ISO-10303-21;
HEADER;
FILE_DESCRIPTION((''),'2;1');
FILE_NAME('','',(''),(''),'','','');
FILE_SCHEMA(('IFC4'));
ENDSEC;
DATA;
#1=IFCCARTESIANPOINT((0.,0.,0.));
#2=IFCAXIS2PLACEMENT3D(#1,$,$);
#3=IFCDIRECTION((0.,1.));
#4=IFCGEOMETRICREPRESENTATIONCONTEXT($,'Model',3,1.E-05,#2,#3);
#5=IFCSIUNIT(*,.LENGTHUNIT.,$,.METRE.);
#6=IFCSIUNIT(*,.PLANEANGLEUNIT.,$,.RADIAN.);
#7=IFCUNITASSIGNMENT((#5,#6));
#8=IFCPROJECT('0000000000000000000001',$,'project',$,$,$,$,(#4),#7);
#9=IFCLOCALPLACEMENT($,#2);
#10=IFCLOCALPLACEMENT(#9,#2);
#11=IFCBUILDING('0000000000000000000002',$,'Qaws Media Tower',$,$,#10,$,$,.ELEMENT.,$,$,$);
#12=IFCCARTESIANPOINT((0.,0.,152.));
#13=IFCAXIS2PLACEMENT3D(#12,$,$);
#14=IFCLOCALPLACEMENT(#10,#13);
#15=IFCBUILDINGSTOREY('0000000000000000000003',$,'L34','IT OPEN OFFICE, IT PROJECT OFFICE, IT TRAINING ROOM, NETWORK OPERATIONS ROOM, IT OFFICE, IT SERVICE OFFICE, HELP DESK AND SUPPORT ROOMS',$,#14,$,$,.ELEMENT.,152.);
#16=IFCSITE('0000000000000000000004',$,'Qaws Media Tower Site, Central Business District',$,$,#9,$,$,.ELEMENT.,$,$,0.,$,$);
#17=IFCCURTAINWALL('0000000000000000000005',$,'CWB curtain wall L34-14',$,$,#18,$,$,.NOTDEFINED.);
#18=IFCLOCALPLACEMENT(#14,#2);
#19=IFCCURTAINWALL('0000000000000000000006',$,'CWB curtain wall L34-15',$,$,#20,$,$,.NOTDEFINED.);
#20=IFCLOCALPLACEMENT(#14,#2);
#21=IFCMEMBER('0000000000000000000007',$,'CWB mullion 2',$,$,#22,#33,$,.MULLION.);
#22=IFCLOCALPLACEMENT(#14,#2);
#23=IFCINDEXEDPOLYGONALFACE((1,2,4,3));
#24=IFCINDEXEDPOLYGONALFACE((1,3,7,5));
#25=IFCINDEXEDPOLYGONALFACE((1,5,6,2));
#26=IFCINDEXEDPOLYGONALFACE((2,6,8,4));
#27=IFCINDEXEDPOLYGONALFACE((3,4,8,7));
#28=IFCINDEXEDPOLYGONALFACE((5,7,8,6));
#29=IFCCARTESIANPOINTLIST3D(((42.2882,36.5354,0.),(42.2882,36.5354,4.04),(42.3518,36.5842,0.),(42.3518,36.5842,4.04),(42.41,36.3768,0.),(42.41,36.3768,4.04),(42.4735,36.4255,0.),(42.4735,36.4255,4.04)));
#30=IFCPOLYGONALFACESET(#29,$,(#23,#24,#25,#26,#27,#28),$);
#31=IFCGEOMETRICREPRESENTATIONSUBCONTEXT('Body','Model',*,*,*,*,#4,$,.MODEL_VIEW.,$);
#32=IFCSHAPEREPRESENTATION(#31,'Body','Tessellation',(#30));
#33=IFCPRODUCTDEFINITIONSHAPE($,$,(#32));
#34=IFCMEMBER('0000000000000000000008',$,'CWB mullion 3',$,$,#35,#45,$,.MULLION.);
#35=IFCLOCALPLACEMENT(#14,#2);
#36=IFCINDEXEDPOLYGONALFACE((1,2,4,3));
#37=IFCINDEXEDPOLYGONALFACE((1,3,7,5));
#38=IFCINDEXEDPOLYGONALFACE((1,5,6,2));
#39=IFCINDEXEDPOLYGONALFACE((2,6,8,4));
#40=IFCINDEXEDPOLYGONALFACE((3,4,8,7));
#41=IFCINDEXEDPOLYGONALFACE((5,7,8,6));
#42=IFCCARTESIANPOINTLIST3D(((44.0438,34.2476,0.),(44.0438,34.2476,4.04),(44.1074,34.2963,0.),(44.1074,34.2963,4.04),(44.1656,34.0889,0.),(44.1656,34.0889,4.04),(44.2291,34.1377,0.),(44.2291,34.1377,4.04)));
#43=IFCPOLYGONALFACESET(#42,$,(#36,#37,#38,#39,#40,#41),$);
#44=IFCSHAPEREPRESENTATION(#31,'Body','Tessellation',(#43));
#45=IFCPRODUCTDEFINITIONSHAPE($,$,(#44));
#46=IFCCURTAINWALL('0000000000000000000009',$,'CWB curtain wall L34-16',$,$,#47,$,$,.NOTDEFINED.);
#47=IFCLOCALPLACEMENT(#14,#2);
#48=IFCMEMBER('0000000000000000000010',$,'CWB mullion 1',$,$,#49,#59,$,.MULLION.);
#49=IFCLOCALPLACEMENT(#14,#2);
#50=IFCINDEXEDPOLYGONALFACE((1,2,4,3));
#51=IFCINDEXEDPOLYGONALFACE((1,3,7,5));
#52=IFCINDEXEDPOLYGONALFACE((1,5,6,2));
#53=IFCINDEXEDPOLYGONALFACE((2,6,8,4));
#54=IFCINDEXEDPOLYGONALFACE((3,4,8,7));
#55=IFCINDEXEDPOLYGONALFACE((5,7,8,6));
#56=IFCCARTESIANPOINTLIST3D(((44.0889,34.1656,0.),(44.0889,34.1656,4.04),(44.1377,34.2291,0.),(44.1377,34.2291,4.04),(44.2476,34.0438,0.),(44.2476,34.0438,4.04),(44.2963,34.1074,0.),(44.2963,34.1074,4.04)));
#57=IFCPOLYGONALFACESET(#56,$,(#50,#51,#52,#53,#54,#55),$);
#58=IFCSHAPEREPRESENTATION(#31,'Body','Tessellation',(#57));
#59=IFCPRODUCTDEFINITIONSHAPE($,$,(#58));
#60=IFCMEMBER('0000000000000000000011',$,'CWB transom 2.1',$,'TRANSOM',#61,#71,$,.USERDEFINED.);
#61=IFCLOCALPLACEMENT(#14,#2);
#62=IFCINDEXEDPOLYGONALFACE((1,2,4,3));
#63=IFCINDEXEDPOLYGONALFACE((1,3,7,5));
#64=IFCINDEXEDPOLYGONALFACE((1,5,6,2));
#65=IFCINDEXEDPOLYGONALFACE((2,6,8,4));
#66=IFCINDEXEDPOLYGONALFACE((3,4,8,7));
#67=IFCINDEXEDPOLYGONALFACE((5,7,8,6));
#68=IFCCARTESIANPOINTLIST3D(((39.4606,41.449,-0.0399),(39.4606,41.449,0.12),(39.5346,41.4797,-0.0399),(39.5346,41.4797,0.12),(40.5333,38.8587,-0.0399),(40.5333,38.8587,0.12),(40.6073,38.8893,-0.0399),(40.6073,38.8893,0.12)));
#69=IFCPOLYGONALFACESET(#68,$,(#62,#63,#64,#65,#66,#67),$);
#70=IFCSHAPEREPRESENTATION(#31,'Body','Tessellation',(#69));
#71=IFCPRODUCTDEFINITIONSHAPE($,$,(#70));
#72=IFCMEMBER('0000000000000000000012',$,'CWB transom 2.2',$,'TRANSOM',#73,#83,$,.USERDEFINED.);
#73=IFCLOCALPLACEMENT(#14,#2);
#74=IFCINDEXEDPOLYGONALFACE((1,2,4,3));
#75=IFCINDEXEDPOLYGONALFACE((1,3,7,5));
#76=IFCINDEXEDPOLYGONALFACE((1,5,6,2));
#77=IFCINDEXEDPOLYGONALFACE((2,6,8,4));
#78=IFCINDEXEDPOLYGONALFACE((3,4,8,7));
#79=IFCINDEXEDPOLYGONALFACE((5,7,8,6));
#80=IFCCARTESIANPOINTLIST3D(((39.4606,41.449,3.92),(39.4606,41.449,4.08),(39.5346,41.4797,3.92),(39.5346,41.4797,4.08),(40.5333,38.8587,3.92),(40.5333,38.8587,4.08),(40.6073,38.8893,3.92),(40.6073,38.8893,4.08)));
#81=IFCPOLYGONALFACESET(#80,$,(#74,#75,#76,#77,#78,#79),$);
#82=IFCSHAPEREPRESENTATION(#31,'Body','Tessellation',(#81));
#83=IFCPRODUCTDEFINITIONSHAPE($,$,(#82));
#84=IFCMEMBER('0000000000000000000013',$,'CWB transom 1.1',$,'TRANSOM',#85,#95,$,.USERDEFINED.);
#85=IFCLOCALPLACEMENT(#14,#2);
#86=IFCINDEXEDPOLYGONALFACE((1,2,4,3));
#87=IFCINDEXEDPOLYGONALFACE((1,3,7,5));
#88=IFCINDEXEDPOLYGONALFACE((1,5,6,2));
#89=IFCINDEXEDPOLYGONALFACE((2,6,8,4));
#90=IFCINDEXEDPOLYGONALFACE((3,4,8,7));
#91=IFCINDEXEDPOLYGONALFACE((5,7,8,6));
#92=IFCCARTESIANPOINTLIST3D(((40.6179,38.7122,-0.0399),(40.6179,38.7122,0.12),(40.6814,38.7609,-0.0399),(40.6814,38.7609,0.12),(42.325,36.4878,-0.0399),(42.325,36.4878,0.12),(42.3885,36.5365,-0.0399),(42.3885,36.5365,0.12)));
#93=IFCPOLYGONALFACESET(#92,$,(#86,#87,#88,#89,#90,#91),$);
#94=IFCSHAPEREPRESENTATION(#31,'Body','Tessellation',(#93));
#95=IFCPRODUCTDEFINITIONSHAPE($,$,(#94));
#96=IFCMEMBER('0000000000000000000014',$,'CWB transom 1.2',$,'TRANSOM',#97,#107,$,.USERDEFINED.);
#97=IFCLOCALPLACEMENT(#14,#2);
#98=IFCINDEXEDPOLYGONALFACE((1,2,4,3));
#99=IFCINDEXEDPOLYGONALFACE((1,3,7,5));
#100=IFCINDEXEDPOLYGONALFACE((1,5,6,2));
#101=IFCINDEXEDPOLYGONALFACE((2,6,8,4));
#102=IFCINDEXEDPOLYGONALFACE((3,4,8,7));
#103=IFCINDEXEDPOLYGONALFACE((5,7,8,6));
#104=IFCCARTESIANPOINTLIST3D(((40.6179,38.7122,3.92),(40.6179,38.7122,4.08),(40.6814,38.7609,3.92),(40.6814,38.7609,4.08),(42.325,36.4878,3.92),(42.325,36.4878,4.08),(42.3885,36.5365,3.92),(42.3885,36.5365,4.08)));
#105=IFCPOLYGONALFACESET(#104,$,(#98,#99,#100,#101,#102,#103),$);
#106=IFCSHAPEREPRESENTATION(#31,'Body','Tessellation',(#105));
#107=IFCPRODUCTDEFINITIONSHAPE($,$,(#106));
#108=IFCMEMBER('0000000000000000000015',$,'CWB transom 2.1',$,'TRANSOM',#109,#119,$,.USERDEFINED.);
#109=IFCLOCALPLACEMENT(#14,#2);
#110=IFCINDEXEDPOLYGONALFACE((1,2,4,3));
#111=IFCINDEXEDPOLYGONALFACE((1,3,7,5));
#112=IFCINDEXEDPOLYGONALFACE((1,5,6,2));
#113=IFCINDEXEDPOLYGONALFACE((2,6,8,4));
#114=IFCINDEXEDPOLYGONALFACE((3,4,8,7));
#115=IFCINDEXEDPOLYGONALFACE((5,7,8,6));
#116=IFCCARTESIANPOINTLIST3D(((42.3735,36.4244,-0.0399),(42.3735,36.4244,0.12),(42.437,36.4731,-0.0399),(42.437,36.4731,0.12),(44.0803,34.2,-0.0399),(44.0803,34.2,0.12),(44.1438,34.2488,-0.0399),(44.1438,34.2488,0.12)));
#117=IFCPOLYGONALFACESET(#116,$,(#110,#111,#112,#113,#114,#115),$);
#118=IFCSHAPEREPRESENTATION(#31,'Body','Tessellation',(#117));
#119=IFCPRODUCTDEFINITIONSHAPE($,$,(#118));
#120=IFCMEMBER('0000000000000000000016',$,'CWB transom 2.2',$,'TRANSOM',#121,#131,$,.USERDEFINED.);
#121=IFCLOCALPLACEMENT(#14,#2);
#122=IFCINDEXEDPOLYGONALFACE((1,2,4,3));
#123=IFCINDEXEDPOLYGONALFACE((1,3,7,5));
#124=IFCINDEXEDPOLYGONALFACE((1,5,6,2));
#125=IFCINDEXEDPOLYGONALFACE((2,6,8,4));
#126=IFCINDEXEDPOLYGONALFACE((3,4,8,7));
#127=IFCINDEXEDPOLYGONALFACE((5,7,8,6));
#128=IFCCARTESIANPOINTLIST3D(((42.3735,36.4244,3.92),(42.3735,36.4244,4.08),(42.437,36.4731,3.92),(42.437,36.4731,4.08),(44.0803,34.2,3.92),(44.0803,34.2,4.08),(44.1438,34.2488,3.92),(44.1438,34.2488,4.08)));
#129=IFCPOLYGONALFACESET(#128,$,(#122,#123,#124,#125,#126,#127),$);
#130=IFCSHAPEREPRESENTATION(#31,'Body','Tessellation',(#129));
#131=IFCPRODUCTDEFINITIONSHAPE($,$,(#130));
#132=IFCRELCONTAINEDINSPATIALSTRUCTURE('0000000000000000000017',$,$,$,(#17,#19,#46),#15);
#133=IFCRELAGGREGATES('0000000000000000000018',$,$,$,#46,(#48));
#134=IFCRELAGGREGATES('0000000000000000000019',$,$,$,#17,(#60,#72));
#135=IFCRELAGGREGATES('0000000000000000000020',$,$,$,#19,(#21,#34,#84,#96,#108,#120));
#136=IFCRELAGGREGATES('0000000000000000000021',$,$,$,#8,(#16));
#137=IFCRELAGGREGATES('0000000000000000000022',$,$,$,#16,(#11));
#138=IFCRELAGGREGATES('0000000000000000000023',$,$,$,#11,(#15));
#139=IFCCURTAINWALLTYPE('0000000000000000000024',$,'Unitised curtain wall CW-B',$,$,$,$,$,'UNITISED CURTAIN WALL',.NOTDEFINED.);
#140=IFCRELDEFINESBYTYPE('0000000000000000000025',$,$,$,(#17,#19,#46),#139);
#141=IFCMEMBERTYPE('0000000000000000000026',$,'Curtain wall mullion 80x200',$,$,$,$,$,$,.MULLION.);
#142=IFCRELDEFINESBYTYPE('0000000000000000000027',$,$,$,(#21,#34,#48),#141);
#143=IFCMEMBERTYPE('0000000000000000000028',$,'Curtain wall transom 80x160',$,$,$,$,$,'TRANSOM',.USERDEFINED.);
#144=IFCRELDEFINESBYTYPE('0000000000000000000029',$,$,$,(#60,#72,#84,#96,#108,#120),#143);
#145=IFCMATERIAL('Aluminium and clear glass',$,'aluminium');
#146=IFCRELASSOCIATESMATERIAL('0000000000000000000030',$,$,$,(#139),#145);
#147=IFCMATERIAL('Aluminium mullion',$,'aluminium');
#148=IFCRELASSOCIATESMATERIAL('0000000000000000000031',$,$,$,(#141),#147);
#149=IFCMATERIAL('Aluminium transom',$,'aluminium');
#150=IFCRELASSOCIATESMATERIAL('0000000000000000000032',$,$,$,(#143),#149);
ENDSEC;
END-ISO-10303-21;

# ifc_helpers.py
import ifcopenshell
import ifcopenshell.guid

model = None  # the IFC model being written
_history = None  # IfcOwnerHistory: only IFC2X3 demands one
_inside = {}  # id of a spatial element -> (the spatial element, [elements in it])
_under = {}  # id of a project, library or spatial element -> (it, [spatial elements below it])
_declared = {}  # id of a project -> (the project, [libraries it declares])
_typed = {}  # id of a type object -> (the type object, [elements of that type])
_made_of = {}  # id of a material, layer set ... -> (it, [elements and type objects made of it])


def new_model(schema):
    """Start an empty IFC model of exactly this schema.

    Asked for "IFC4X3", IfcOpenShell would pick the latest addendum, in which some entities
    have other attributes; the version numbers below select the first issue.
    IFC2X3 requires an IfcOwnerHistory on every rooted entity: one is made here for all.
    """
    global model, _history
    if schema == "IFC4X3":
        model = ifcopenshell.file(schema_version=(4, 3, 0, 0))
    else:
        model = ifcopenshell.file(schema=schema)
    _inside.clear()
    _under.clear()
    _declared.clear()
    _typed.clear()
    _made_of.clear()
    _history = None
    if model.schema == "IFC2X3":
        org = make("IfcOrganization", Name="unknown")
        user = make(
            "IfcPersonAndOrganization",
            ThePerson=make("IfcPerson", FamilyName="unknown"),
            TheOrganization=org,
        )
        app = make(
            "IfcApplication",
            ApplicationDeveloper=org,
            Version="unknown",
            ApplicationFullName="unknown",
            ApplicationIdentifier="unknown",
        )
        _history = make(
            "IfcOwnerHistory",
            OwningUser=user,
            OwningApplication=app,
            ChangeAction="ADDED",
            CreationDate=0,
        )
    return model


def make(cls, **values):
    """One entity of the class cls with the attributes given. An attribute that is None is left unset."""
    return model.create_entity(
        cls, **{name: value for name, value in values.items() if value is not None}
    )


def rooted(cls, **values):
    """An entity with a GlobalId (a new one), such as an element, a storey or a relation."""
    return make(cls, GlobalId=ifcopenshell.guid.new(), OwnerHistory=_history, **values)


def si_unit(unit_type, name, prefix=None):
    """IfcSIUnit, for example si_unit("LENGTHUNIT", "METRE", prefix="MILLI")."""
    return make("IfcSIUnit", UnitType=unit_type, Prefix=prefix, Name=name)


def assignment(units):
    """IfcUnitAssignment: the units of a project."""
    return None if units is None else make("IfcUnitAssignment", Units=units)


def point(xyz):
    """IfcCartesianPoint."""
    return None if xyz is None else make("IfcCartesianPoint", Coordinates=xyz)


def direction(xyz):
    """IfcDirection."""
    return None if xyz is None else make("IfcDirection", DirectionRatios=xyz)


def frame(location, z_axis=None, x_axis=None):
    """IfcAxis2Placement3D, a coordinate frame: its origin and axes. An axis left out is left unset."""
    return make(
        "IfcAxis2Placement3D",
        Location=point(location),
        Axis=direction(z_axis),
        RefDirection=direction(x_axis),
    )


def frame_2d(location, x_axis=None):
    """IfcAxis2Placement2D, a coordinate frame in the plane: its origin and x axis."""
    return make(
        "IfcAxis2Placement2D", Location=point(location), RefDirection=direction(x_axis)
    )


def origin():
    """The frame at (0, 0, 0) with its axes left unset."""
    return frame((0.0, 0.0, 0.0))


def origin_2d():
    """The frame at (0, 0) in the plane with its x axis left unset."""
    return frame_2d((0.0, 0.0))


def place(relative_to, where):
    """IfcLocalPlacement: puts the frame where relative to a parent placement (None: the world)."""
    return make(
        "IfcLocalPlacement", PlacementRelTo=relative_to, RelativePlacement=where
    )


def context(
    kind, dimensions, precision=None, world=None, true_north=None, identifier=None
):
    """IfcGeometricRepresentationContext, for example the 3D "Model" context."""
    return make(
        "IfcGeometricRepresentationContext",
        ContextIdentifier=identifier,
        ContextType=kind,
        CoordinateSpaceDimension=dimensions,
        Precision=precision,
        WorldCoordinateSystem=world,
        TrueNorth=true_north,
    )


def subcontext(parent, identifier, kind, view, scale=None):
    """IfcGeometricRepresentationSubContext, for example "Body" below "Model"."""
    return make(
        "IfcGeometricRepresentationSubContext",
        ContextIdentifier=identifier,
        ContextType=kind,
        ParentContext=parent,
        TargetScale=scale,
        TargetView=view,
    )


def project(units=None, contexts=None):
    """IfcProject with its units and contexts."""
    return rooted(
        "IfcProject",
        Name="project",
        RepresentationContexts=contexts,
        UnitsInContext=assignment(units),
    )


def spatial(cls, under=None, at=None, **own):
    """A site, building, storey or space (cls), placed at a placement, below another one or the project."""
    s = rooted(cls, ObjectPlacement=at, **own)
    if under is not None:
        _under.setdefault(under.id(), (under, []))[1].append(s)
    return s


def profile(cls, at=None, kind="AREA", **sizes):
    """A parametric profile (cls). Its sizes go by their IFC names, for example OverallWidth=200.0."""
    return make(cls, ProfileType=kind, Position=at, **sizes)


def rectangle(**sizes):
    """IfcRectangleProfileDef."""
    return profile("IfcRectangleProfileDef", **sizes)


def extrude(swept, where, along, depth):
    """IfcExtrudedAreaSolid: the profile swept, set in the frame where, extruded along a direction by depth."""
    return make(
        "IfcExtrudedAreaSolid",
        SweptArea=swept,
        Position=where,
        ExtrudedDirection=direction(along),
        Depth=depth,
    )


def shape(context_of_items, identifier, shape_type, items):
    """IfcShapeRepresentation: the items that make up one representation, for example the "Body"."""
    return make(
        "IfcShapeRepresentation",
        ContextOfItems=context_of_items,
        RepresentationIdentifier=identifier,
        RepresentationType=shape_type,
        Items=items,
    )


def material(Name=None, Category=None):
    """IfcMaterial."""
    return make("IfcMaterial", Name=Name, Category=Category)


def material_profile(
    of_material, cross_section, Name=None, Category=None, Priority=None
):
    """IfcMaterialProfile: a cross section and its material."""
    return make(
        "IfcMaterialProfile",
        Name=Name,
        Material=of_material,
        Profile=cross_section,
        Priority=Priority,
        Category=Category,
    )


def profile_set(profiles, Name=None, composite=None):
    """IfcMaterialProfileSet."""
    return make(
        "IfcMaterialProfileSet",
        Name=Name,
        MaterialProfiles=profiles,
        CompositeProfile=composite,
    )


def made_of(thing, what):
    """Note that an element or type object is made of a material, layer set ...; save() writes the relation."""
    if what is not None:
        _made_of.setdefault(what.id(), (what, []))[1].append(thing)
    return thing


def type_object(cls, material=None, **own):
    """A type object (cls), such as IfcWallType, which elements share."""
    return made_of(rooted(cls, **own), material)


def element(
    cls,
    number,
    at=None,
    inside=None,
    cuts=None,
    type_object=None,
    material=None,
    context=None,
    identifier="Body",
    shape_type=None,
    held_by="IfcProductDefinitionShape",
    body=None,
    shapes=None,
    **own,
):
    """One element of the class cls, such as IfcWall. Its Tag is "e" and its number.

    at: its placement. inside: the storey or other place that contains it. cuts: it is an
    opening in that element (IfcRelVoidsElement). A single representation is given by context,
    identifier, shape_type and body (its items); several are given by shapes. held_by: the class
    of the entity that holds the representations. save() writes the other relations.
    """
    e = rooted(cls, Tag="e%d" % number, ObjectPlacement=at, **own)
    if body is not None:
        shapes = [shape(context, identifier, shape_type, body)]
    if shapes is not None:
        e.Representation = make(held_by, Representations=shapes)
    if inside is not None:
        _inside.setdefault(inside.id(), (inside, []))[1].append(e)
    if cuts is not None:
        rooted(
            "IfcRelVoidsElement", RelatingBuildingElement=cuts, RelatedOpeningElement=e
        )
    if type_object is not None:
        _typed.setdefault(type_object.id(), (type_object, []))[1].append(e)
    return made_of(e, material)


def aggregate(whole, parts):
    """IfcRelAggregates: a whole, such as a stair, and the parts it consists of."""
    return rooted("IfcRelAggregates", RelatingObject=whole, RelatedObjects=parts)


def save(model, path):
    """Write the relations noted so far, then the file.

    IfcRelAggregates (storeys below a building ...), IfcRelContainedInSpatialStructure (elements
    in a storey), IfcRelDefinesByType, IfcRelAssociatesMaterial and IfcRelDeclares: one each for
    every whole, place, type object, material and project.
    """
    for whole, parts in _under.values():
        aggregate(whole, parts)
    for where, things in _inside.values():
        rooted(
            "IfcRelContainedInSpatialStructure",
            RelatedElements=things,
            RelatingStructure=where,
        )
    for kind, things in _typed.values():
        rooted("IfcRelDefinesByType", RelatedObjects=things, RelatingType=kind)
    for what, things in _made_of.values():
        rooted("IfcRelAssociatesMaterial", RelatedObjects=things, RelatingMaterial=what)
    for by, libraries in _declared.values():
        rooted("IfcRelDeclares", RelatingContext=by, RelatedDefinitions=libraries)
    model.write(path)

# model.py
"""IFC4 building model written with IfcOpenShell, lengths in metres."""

from ifc_helpers import new_model, si_unit, direction, frame, origin, origin_2d, place, context, subcontext, project, spatial, rectangle, extrude, material, material_profile, profile_set, type_object, element, aggregate, save


model = new_model("IFC4")

# Units and contexts
model_context = context("Model", 3, precision=1e-05, world=origin(), true_north=direction((0.0, 1.0)))
body_context = subcontext(model_context, "Body", "Model", "MODEL_VIEW")
ifc_project = project(units=[si_unit("LENGTHUNIT", "METRE"), si_unit("PLANEANGLEUNIT", "RADIAN")], contexts=[model_context])

# Site, building, storey
site_placement = place(None, origin())
site = spatial("IfcSite", under=ifc_project, at=site_placement, Name="Qaws Media Tower Site, Central Business District", CompositionType="ELEMENT", RefElevation=0.0)
building_placement = place(site_placement, origin())
building = spatial("IfcBuilding", under=site, at=building_placement, Name="Qaws Media Tower", CompositionType="ELEMENT")
storey_placement = place(building_placement, frame((0.0, 0.0, 152.0)))
storey = spatial("IfcBuildingStorey", under=building, at=storey_placement, Name="L34", Description="IT OPEN OFFICE, IT PROJECT OFFICE, IT TRAINING ROOM, NETWORK OPERATIONS ROOM, IT OFFICE, IT SERVICE OFFICE, HELP DESK AND SUPPORT ROOMS", CompositionType="ELEMENT", Elevation=152.0)

# Curtain wall
ifc_material_1 = material(Name="Aluminium and clear glass", Category="aluminium")
curtain_wall_type = type_object("IfcCurtainWallType", Name="Unitised curtain wall CW-B", ElementType="UNITISED CURTAIN WALL", PredefinedType="NOTDEFINED", material=ifc_material_1)
curtain_wall_1_placement = place(storey_placement, origin())
curtain_wall_1 = element("IfcCurtainWall", 1, at=curtain_wall_1_placement, inside=storey, type_object=curtain_wall_type, Name="CWB curtain wall L34-14", PredefinedType="NOTDEFINED")
ifc_material_2 = material(Name="Aluminium mullion", Category="aluminium")
ifc_material_profile_1 = material_profile(ifc_material_2, rectangle(XDim=0.0801, YDim=0.2, at=origin_2d()), Name="80x200")
ifc_profile_set_1 = profile_set([ifc_material_profile_1], Name="Aluminium mullion")
member_type_1 = type_object("IfcMemberType", Name="Curtain wall mullion 80x200", PredefinedType="MULLION", material=ifc_profile_set_1)

# Curtain wall, members
curtain_wall_2_placement = place(storey_placement, origin())
curtain_wall_2 = element("IfcCurtainWall", 2, at=curtain_wall_2_placement, inside=storey, type_object=curtain_wall_type, Name="CWB curtain wall L34-15", PredefinedType="NOTDEFINED")
member_1_placement = place(storey_placement, frame((42.3809, 36.4805, 0.0), z_axis=(0.0, 0.0, 1.0), x_axis=(0.793353, 0.608761, 0.0)))
member_1 = element("IfcMember", 3, at=member_1_placement, type_object=member_type_1, Name="CWB mullion 2", PredefinedType="MULLION", context=body_context, shape_type="SweptSolid", body=[
    extrude(rectangle(XDim=0.0801, YDim=0.2, at=origin_2d()), origin(), (0.0, 0.0, 1.0), 4.04),
])
member_2_placement = place(storey_placement, frame((44.1365, 34.1926, 0.0), z_axis=(0.0, 0.0, 1.0), x_axis=(0.793353, 0.608761, 0.0)))
member_2 = element("IfcMember", 4, at=member_2_placement, type_object=member_type_1, Name="CWB mullion 3", PredefinedType="MULLION", context=body_context, shape_type="SweptSolid", body=[
    extrude(rectangle(XDim=0.0801, YDim=0.2, at=origin_2d()), origin(), (0.0, 0.0, 1.0), 4.04),
])

# Curtain wall, member
curtain_wall_3_placement = place(storey_placement, origin())
curtain_wall_3 = element("IfcCurtainWall", 5, at=curtain_wall_3_placement, inside=storey, type_object=curtain_wall_type, Name="CWB curtain wall L34-16", PredefinedType="NOTDEFINED")
member_3_placement = place(storey_placement, frame((44.1926, 34.1365, 0.0), z_axis=(0.0, 0.0, 1.0), x_axis=(0.608761, 0.793353, 0.0)))
member_3 = element("IfcMember", 6, at=member_3_placement, type_object=member_type_1, Name="CWB mullion 1", PredefinedType="MULLION", context=body_context, shape_type="SweptSolid", body=[
    extrude(rectangle(XDim=0.0801, YDim=0.2, at=origin_2d()), origin(), (0.0, 0.0, 1.0), 4.04),
])
aggregate(curtain_wall_3, [member_3])

# Members
ifc_material_3 = material(Name="Aluminium transom", Category="aluminium")
ifc_material_profile_2 = material_profile(ifc_material_3, rectangle(XDim=0.0801, YDim=0.1599, at=origin_2d()), Name="80x160")
ifc_profile_set_2 = profile_set([ifc_material_profile_2], Name="Aluminium transom")
member_type_2 = type_object("IfcMemberType", Name="Curtain wall transom 80x160", ElementType="TRANSOM", PredefinedType="USERDEFINED", material=ifc_profile_set_2)
member_4_placement = place(storey_placement, frame((39.4976, 41.4644, 0.04), z_axis=(0.382624, -0.923904, 0.0), x_axis=(0.923904, 0.382624, 0.0)))
member_4 = element("IfcMember", 7, at=member_4_placement, type_object=member_type_2, Name="CWB transom 2.1", ObjectType="TRANSOM", PredefinedType="USERDEFINED", context=body_context, shape_type="SweptSolid", body=[
    extrude(rectangle(XDim=0.0801, YDim=0.1599, at=origin_2d()), origin(), (0.0, 0.0, 1.0), 2.8037),
])
member_5_placement = place(storey_placement, frame((39.4976, 41.4644, 4.0), z_axis=(0.382624, -0.923904, 0.0), x_axis=(0.923904, 0.382624, 0.0)))
member_5 = element("IfcMember", 8, at=member_5_placement, type_object=member_type_2, Name="CWB transom 2.2", ObjectType="TRANSOM", PredefinedType="USERDEFINED", context=body_context, shape_type="SweptSolid", body=[
    extrude(rectangle(XDim=0.0801, YDim=0.1599, at=origin_2d()), origin(), (0.0, 0.0, 1.0), 2.8037),
])
member_6_placement = place(storey_placement, frame((40.6497, 38.7366, 0.04), z_axis=(0.60881, -0.793316, 0.0), x_axis=(0.793316, 0.60881, 0.0)))
member_6 = element("IfcMember", 9, at=member_6_placement, type_object=member_type_2, Name="CWB transom 1.1", ObjectType="TRANSOM", PredefinedType="USERDEFINED", context=body_context, shape_type="SweptSolid", body=[
    extrude(rectangle(XDim=0.0801, YDim=0.1599, at=origin_2d()), origin(), (0.0, 0.0, 1.0), 2.804),
])
member_7_placement = place(storey_placement, frame((40.6497, 38.7366, 4.0), z_axis=(0.60881, -0.793316, 0.0), x_axis=(0.793316, 0.60881, 0.0)))
member_7 = element("IfcMember", 10, at=member_7_placement, type_object=member_type_2, Name="CWB transom 1.2", ObjectType="TRANSOM", PredefinedType="USERDEFINED", context=body_context, shape_type="SweptSolid", body=[
    extrude(rectangle(XDim=0.0801, YDim=0.1599, at=origin_2d()), origin(), (0.0, 0.0, 1.0), 2.804),
])
member_8_placement = place(storey_placement, frame((42.4053, 36.4487, 0.04), z_axis=(0.608755, -0.793358, 0.0), x_axis=(0.793358, 0.608755, 0.0)))
member_8 = element("IfcMember", 11, at=member_8_placement, type_object=member_type_2, Name="CWB transom 2.1", ObjectType="TRANSOM", PredefinedType="USERDEFINED", context=body_context, shape_type="SweptSolid", body=[
    extrude(rectangle(XDim=0.0801, YDim=0.1599, at=origin_2d()), origin(), (0.0, 0.0, 1.0), 2.8037),
])
member_9_placement = place(storey_placement, frame((42.4053, 36.4487, 4.0), z_axis=(0.608755, -0.793358, 0.0), x_axis=(0.793358, 0.608755, 0.0)))
member_9 = element("IfcMember", 12, at=member_9_placement, type_object=member_type_2, Name="CWB transom 2.2", ObjectType="TRANSOM", PredefinedType="USERDEFINED", context=body_context, shape_type="SweptSolid", body=[
    extrude(rectangle(XDim=0.0801, YDim=0.1599, at=origin_2d()), origin(), (0.0, 0.0, 1.0), 2.8037),
])

aggregate(curtain_wall_1, [member_4, member_5])
aggregate(curtain_wall_2, [member_1, member_2, member_6, member_7, member_8, member_9])

save(model, "model.ifc")
